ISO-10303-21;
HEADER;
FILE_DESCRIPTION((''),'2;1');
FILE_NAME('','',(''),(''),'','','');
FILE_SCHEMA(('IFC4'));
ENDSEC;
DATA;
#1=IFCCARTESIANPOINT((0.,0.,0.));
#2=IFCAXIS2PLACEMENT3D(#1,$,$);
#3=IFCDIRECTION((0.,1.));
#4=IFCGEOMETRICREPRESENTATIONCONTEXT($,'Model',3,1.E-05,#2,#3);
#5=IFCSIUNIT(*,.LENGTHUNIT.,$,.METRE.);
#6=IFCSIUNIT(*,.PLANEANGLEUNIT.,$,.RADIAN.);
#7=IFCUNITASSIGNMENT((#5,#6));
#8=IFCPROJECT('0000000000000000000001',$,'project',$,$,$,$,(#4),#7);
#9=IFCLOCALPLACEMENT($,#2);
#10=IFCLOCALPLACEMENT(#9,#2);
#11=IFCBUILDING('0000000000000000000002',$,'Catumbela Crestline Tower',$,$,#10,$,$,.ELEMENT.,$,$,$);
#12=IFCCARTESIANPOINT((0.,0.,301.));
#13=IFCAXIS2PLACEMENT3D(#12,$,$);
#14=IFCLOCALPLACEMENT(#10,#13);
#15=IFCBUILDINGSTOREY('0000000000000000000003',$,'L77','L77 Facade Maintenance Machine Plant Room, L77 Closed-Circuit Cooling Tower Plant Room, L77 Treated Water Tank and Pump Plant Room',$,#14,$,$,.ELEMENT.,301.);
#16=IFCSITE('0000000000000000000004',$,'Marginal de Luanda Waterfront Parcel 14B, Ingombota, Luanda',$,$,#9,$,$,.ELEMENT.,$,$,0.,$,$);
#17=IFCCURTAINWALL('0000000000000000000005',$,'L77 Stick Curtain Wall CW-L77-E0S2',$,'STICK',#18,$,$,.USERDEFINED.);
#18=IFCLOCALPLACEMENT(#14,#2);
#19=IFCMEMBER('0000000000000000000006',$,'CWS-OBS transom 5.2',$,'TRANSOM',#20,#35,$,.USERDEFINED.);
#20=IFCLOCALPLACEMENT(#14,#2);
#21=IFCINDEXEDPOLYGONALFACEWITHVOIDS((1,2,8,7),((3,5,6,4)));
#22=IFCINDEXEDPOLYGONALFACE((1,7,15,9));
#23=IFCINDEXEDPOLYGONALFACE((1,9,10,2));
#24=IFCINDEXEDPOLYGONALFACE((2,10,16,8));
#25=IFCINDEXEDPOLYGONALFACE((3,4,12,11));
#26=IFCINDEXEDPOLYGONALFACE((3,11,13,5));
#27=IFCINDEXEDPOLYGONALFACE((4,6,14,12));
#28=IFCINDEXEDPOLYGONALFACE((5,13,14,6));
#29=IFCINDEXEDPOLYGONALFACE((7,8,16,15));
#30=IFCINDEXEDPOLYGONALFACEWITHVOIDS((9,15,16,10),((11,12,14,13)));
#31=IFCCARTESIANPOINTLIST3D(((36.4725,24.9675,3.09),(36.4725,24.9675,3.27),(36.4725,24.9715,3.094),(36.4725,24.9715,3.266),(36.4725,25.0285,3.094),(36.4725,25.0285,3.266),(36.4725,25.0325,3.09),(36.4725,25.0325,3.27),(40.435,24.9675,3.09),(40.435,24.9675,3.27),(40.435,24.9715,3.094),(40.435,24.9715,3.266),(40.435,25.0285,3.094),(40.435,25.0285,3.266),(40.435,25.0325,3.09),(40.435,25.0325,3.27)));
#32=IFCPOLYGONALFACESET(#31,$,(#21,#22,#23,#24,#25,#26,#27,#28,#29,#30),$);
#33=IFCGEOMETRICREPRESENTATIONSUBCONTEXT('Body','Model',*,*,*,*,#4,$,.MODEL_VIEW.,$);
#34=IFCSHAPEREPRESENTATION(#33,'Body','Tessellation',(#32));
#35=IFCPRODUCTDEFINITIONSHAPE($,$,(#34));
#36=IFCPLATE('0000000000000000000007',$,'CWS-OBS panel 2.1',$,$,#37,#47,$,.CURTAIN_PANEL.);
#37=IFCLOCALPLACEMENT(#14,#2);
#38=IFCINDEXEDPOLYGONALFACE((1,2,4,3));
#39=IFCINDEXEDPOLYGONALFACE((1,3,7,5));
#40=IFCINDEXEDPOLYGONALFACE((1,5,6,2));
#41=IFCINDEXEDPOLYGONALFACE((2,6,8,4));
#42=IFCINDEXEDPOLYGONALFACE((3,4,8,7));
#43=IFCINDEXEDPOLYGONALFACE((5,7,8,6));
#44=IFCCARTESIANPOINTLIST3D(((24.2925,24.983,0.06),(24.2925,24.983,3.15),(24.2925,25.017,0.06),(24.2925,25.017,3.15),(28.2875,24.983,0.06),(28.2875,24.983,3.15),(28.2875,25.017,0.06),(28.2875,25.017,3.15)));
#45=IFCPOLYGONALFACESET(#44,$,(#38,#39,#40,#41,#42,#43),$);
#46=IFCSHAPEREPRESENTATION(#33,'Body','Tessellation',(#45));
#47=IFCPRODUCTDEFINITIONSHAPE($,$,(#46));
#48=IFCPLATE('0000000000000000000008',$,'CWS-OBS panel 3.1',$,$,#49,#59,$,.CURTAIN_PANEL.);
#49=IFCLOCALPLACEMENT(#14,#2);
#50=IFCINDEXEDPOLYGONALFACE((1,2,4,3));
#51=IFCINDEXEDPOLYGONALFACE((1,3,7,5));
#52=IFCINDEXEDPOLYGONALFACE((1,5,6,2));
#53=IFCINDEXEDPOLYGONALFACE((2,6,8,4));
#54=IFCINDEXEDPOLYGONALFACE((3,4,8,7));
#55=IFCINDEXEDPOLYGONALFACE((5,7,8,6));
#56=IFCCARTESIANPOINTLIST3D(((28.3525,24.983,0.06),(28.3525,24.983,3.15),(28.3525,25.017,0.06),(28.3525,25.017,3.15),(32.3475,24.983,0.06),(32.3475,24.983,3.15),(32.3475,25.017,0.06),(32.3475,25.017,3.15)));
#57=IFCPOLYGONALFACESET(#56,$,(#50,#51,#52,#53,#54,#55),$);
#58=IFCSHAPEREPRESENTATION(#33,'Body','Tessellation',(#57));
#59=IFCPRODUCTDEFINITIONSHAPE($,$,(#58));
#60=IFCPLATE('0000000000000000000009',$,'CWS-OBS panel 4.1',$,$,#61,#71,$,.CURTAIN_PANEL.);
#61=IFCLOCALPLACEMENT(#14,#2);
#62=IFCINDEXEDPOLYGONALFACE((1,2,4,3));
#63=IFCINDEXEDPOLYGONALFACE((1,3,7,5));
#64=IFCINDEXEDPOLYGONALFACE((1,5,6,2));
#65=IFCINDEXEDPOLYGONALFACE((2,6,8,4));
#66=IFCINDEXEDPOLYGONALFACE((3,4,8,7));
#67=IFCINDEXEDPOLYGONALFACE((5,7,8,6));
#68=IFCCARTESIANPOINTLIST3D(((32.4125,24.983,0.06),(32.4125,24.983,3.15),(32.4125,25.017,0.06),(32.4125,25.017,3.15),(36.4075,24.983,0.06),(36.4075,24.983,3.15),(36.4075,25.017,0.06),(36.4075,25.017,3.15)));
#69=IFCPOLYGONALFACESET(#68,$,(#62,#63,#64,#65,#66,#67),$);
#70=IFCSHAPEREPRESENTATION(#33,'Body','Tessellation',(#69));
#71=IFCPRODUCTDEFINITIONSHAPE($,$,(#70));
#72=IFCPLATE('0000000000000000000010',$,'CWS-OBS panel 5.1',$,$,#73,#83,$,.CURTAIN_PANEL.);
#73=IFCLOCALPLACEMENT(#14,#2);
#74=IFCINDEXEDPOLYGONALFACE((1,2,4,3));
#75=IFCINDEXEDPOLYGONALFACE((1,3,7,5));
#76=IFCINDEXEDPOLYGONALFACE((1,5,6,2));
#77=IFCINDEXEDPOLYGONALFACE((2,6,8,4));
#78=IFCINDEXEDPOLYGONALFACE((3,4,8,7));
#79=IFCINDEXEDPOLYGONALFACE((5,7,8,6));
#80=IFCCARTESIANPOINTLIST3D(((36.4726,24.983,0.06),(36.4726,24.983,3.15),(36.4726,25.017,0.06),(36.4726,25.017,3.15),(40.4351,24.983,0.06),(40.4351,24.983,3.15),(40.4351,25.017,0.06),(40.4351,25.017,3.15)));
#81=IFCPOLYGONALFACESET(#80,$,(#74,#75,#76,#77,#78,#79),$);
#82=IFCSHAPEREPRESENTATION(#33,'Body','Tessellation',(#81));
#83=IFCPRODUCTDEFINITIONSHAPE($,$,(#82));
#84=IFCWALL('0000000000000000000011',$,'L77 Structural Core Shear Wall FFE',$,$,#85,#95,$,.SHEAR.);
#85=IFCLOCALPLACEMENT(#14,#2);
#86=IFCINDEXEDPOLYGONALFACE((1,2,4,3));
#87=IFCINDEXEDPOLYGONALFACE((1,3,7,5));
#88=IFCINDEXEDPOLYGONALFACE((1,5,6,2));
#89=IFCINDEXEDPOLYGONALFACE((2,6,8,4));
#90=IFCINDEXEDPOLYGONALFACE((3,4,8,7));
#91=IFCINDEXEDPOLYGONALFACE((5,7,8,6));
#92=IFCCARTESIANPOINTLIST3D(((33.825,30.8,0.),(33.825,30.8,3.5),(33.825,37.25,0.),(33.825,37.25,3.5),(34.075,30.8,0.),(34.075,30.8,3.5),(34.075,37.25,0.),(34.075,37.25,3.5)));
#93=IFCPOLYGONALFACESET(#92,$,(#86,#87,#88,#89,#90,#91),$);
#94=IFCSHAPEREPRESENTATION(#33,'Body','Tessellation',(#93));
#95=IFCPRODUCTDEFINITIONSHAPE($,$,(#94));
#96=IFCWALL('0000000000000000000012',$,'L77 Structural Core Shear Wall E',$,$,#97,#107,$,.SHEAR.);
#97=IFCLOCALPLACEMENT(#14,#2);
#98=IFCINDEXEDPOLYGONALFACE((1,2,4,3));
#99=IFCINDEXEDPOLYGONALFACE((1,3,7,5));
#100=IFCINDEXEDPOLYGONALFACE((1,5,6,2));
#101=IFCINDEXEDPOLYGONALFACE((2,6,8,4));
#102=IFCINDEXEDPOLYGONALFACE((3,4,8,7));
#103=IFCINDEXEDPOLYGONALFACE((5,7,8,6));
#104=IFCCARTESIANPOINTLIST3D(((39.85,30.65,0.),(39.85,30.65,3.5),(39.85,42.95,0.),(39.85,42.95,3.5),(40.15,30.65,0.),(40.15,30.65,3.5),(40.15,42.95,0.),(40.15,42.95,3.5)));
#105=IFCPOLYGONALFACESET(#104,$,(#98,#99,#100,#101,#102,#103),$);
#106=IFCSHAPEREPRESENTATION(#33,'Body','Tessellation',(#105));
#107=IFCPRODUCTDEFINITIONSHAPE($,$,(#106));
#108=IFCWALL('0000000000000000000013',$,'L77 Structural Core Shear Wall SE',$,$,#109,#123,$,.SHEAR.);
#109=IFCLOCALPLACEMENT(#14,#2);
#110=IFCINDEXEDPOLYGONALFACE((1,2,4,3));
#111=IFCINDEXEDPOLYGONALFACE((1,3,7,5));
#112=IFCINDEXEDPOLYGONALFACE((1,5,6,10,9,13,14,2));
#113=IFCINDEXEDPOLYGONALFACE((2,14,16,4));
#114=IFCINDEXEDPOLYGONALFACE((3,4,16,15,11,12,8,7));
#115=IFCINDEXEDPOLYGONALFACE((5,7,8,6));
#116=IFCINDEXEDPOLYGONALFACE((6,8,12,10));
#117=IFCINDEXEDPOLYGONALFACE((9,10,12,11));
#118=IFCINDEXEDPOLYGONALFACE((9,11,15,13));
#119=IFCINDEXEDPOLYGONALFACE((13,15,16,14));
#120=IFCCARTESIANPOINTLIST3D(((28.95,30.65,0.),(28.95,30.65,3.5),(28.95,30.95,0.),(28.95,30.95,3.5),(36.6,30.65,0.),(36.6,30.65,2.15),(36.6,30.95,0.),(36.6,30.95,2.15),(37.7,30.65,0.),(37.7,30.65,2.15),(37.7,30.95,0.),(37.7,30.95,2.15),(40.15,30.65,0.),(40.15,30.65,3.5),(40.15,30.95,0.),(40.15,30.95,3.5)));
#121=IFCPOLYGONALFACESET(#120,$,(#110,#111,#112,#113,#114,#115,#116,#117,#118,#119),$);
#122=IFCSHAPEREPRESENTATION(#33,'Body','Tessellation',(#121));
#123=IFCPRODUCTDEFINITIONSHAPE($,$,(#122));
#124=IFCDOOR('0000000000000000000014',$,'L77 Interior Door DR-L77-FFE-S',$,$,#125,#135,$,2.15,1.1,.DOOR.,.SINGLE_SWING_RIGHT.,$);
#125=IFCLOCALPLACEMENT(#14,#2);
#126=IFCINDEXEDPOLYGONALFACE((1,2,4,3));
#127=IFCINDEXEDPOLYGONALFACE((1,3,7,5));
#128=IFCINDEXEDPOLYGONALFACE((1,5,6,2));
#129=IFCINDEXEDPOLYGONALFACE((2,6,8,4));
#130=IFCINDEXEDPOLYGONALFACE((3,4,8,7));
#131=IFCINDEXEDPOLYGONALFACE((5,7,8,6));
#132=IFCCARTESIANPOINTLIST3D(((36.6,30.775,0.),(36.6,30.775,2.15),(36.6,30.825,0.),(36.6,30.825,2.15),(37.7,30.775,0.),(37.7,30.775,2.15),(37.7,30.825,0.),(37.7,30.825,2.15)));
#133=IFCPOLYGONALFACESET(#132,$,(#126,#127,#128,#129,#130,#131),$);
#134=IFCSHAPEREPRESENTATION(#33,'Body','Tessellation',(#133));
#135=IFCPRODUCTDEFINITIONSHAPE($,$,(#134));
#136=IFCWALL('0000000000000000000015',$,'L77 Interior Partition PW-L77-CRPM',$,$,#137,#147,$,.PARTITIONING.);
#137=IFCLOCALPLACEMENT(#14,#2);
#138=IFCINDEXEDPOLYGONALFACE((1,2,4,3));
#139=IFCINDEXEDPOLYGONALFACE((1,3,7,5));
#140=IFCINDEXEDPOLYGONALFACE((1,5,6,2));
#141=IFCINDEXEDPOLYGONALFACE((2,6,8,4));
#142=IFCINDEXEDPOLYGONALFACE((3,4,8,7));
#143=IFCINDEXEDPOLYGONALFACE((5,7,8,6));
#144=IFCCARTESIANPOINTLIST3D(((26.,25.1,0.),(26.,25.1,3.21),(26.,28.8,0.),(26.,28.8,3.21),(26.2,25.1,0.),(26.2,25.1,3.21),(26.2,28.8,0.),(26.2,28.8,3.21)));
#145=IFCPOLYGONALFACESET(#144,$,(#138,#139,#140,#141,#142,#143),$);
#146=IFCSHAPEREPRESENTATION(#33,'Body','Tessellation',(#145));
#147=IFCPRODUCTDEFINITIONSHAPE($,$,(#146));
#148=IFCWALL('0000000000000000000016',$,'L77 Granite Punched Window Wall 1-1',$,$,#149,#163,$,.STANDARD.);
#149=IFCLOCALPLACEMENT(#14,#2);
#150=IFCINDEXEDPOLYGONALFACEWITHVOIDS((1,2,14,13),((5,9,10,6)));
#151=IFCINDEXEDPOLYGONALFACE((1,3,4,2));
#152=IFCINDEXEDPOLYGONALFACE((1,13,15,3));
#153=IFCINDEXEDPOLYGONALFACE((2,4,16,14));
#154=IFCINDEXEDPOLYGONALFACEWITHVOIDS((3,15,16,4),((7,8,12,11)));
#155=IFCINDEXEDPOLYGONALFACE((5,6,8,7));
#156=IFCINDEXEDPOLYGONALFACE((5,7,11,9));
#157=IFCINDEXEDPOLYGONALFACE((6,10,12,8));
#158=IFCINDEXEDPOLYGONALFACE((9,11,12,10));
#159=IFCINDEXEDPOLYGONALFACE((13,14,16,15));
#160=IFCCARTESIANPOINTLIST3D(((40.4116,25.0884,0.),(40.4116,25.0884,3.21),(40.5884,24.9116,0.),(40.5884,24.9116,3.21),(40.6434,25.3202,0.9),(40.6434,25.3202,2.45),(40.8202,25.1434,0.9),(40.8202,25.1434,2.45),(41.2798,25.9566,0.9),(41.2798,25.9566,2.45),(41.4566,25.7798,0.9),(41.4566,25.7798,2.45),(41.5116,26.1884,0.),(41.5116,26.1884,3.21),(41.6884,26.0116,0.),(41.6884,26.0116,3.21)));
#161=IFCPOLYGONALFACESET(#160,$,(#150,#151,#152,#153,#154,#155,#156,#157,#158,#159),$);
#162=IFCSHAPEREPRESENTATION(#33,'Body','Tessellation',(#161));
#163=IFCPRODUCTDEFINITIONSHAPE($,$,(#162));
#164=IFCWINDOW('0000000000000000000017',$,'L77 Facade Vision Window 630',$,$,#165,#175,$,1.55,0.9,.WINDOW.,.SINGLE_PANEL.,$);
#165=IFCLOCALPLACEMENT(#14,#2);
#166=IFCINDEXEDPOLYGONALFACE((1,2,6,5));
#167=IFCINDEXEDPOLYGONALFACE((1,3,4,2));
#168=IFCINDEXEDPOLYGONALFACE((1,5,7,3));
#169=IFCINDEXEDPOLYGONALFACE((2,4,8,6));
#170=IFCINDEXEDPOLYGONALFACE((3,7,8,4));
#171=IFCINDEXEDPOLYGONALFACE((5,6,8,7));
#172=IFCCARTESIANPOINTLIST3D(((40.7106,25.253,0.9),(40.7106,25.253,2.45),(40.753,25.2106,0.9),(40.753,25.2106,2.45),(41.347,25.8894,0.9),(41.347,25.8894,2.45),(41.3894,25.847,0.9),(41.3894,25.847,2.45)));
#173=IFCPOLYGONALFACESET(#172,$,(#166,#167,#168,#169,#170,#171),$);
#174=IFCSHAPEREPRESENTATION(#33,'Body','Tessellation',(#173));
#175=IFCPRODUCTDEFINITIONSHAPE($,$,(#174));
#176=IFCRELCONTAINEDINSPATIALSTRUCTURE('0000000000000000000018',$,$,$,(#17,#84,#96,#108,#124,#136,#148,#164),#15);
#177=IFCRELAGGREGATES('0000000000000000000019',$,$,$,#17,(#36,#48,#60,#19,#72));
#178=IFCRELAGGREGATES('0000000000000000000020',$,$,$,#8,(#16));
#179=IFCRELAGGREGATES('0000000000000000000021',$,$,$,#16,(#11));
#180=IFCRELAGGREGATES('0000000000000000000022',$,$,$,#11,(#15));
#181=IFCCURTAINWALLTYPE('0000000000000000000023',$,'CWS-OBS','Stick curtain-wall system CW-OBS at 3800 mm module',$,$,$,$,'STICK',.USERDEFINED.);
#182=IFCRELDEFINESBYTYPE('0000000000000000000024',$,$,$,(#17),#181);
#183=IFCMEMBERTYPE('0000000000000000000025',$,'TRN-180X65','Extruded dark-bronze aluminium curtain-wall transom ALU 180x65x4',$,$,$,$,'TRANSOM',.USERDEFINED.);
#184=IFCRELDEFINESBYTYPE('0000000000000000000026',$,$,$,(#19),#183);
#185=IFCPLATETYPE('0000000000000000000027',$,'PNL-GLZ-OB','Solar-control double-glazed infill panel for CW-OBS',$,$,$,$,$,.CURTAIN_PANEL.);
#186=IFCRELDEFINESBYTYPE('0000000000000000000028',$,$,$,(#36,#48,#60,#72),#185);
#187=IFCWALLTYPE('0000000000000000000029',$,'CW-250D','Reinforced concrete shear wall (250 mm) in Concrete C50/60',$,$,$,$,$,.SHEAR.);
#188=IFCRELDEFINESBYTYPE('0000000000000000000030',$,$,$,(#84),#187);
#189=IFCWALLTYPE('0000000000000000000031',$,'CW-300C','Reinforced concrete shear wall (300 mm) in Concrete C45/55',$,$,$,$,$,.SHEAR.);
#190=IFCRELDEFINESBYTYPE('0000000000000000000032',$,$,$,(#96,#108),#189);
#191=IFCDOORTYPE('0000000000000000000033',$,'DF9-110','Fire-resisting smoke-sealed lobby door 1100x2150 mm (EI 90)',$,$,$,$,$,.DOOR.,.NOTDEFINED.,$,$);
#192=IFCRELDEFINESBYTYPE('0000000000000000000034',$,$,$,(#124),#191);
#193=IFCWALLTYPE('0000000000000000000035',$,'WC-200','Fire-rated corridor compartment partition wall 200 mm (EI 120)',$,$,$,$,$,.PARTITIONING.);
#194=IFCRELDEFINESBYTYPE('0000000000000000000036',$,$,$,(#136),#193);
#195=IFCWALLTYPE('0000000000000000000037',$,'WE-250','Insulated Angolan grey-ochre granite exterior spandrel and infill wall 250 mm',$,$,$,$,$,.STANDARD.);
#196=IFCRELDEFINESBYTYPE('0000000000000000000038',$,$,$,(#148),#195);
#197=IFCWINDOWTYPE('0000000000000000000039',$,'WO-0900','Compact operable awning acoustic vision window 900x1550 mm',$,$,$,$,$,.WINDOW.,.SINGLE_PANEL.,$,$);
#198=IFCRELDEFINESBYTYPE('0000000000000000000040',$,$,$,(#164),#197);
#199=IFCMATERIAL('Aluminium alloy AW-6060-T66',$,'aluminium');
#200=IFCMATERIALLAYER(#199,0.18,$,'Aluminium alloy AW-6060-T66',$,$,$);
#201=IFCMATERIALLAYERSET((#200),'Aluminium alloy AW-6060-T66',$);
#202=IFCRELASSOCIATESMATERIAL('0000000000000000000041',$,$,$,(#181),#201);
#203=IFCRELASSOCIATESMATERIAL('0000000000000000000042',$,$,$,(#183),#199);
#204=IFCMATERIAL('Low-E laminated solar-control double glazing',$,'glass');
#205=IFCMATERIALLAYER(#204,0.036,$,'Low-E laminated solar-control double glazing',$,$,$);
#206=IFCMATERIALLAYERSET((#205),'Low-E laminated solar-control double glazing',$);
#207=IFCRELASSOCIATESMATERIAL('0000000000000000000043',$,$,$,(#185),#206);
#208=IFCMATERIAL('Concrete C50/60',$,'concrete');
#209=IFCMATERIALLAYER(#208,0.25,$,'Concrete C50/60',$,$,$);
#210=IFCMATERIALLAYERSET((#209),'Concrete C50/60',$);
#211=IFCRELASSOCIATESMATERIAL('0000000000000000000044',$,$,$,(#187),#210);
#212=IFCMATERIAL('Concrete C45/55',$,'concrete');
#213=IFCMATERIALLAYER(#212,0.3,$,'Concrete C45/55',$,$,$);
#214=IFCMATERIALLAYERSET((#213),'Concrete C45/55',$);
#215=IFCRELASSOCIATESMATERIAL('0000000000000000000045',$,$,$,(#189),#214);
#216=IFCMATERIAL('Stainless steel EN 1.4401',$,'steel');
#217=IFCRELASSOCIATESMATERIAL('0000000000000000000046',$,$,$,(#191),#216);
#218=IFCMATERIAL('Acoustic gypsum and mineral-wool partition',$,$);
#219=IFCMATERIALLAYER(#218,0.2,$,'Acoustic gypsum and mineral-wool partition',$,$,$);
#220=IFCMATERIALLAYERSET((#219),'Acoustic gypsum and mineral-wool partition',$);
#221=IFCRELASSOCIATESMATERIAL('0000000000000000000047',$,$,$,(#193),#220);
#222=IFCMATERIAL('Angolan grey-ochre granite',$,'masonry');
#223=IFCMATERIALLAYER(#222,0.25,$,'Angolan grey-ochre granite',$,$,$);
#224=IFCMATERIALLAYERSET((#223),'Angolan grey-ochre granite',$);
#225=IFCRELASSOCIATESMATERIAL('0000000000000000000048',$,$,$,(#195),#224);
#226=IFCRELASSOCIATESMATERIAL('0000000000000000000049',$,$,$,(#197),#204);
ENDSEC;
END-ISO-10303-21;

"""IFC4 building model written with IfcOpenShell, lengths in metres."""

from ifc_helpers import new_model, si_unit, direction, frame, frame_2d, origin, origin_2d, place, context, subcontext, project, spatial, rectangle, hollow_rectangle, extrude, material, layer, layer_set, material_profile, profile_set, type_object, element, fill, aggregate, save


model = new_model("IFC4")

# Units and contexts
model_context = context("Model", 3, precision=1e-05, world=origin(), true_north=direction((0.0, 1.0)))
body_context = subcontext(model_context, "Body", "Model", "MODEL_VIEW")
ifc_project = project(units=[si_unit("LENGTHUNIT", "METRE"), si_unit("PLANEANGLEUNIT", "RADIAN")], contexts=[model_context])

# Site, building, storey
site_placement = place(None, origin())
site = spatial("IfcSite", under=ifc_project, at=site_placement, Name="Marginal de Luanda Waterfront Parcel 14B, Ingombota, Luanda", CompositionType="ELEMENT", RefElevation=0.0)
building_placement = place(site_placement, origin())
building = spatial("IfcBuilding", under=site, at=building_placement, Name="Catumbela Crestline Tower", CompositionType="ELEMENT")
storey_placement = place(building_placement, frame((0.0, 0.0, 301.0)))
storey = spatial("IfcBuildingStorey", under=building, at=storey_placement, Name="L77", Description="L77 Facade Maintenance Machine Plant Room, L77 Closed-Circuit Cooling Tower Plant Room, L77 Treated Water Tank and Pump Plant Room", CompositionType="ELEMENT", Elevation=301.0)

# Curtain wall, member, plates
ifc_material_1 = material(Name="Aluminium alloy AW-6060-T66", Category="aluminium")
ifc_layer_1 = layer(ifc_material_1, 0.18, Name="Aluminium alloy AW-6060-T66")
ifc_layer_set_1 = layer_set([ifc_layer_1], Name="Aluminium alloy AW-6060-T66")
curtain_wall_type = type_object("IfcCurtainWallType", Name="CWS-OBS", Description="Stick curtain-wall system CW-OBS at 3800 mm module", ElementType="STICK", PredefinedType="USERDEFINED", material=ifc_layer_set_1)
curtain_wall_placement = place(storey_placement, origin())
curtain_wall = element("IfcCurtainWall", 1, at=curtain_wall_placement, inside=storey, type_object=curtain_wall_type, Name="L77 Stick Curtain Wall CW-L77-E0S2", ObjectType="STICK", PredefinedType="USERDEFINED")
ifc_material_profile_1 = material_profile(ifc_material_1, hollow_rectangle(XDim=0.065, YDim=0.18, WallThickness=0.004, at=origin_2d()), Name="ALU 180x65x4")
ifc_profile_set_1 = profile_set([ifc_material_profile_1], Name="Aluminium alloy AW-6060-T66")
member_type_1 = type_object("IfcMemberType", Name="TRN-180X65", Description="Extruded dark-bronze aluminium curtain-wall transom ALU 180x65x4", ElementType="TRANSOM", PredefinedType="USERDEFINED", material=ifc_profile_set_1)
member_1_placement = place(storey_placement, frame((36.4725, 25.0, 3.18), z_axis=(1.0, 0.0, 0.0), x_axis=(0.0, 1.0, 0.0)))
member_1 = element("IfcMember", 2, at=member_1_placement, type_object=member_type_1, Name="CWS-OBS transom 5.2", ObjectType="TRANSOM", PredefinedType="USERDEFINED", context=body_context, shape_type="SweptSolid", body=[
    extrude(hollow_rectangle(XDim=0.065, YDim=0.18, WallThickness=0.004, at=origin_2d()), origin(), (0.0, 0.0, 1.0), 3.9625),
])
ifc_material_2 = material(Name="Low-E laminated solar-control double glazing", Category="glass")
ifc_layer_2 = layer(ifc_material_2, 0.036, Name="Low-E laminated solar-control double glazing")
ifc_layer_set_2 = layer_set([ifc_layer_2], Name="Low-E laminated solar-control double glazing")
plate_type = type_object("IfcPlateType", Name="PNL-GLZ-OB", Description="Solar-control double-glazed infill panel for CW-OBS", PredefinedType="CURTAIN_PANEL", material=ifc_layer_set_2)
plate_1_placement = place(storey_placement, frame((26.29, 25.0, 0.06), z_axis=(0.0, 0.0, 1.0), x_axis=(1.0, 0.0, 0.0)))
plate_1 = element("IfcPlate", 3, at=plate_1_placement, type_object=plate_type, Name="CWS-OBS panel 2.1", PredefinedType="CURTAIN_PANEL", context=body_context, shape_type="SweptSolid", body=[
    extrude(rectangle(XDim=3.995, YDim=0.034, at=origin_2d()), origin(), (0.0, 0.0, 1.0), 3.09),
])
plate_2_placement = place(storey_placement, frame((30.35, 25.0, 0.06), z_axis=(0.0, 0.0, 1.0), x_axis=(1.0, 0.0, 0.0)))
plate_2 = element("IfcPlate", 4, at=plate_2_placement, type_object=plate_type, Name="CWS-OBS panel 3.1", PredefinedType="CURTAIN_PANEL", context=body_context, shape_type="SweptSolid", body=[
    extrude(rectangle(XDim=3.995, YDim=0.034, at=origin_2d()), origin(), (0.0, 0.0, 1.0), 3.09),
])
plate_3_placement = place(storey_placement, frame((34.41, 25.0, 0.06), z_axis=(0.0, 0.0, 1.0), x_axis=(1.0, 0.0, 0.0)))
plate_3 = element("IfcPlate", 5, at=plate_3_placement, type_object=plate_type, Name="CWS-OBS panel 4.1", PredefinedType="CURTAIN_PANEL", context=body_context, shape_type="SweptSolid", body=[
    extrude(rectangle(XDim=3.995, YDim=0.034, at=origin_2d()), origin(), (0.0, 0.0, 1.0), 3.09),
])
plate_4_placement = place(storey_placement, frame((38.4538, 25.0, 0.06), z_axis=(0.0, 0.0, 1.0), x_axis=(1.0, 0.0, 0.0)))
plate_4 = element("IfcPlate", 6, at=plate_4_placement, type_object=plate_type, Name="CWS-OBS panel 5.1", PredefinedType="CURTAIN_PANEL", context=body_context, shape_type="SweptSolid", body=[
    extrude(rectangle(XDim=3.9625, YDim=0.034, at=origin_2d()), origin(), (0.0, 0.0, 1.0), 3.09),
])
aggregate(curtain_wall, [plate_1, plate_2, plate_3, member_1, plate_4])

# Walls
ifc_material_3 = material(Name="Concrete C50/60", Category="concrete")
ifc_layer_3 = layer(ifc_material_3, 0.25, Name="Concrete C50/60")
ifc_layer_set_3 = layer_set([ifc_layer_3], Name="Concrete C50/60")
wall_type_1 = type_object("IfcWallType", Name="CW-250D", Description="Reinforced concrete shear wall (250 mm) in Concrete C50/60", PredefinedType="SHEAR", material=ifc_layer_set_3)
wall_1_placement = place(storey_placement, frame((33.95, 30.8, 0.0), z_axis=(0.0, 0.0, 1.0), x_axis=(0.0, 1.0, 0.0)))
element("IfcWall", 7, at=wall_1_placement, inside=storey, type_object=wall_type_1, Name="L77 Structural Core Shear Wall FFE", PredefinedType="SHEAR", context=body_context, shape_type="SweptSolid", body=[
    extrude(rectangle(XDim=6.45, YDim=0.25, at=frame_2d((3.225, 0.0))), origin(), (0.0, 0.0, 1.0), 3.5),
])
ifc_material_4 = material(Name="Concrete C45/55", Category="concrete")
ifc_layer_4 = layer(ifc_material_4, 0.3, Name="Concrete C45/55")
ifc_layer_set_4 = layer_set([ifc_layer_4], Name="Concrete C45/55")
wall_type_2 = type_object("IfcWallType", Name="CW-300C", Description="Reinforced concrete shear wall (300 mm) in Concrete C45/55", PredefinedType="SHEAR", material=ifc_layer_set_4)
wall_2_placement = place(storey_placement, frame((40.0, 30.65, 0.0), z_axis=(0.0, 0.0, 1.0), x_axis=(0.0, 1.0, 0.0)))
element("IfcWall", 8, at=wall_2_placement, inside=storey, type_object=wall_type_2, Name="L77 Structural Core Shear Wall E", PredefinedType="SHEAR", context=body_context, shape_type="SweptSolid", body=[
    extrude(rectangle(XDim=12.3, YDim=0.3, at=frame_2d((6.15, 0.0))), origin(), (0.0, 0.0, 1.0), 3.5),
])

# Wall, opening, door
wall_3_placement = place(storey_placement, frame((28.95, 30.8, 0.0), z_axis=(0.0, 0.0, 1.0), x_axis=(1.0, 0.0, 0.0)))
wall_3 = element("IfcWall", 9, at=wall_3_placement, inside=storey, type_object=wall_type_2, Name="L77 Structural Core Shear Wall SE", PredefinedType="SHEAR", context=body_context, shape_type="SweptSolid", body=[
    extrude(rectangle(XDim=11.2, YDim=0.3, at=frame_2d((5.6, 0.0))), origin(), (0.0, 0.0, 1.0), 3.5),
])
opening_1_placement = place(wall_3_placement, frame((7.65, 0.0, 0.0)))
opening_1 = element("IfcOpeningElement", 10, at=opening_1_placement, cuts=wall_3, PredefinedType="OPENING", context=body_context, shape_type="SweptSolid", body=[
    extrude(rectangle(XDim=1.1, YDim=2.15, at=frame_2d((0.55, 1.075))), frame((0.0, 0.16, 0.0), z_axis=(0.0, -1.0, 0.0), x_axis=(1.0, 0.0, 0.0)), (0.0, 0.0, 1.0), 0.32),
])
ifc_material_5 = material(Name="Stainless steel EN 1.4401", Category="steel")
door_type = type_object("IfcDoorType", Name="DF9-110", Description="Fire-resisting smoke-sealed lobby door 1100x2150 mm (EI 90)", OperationType="NOTDEFINED", PredefinedType="DOOR", material=ifc_material_5)
door_placement = place(opening_1_placement, origin())
door = element("IfcDoor", 11, at=door_placement, inside=storey, type_object=door_type, Name="L77 Interior Door DR-L77-FFE-S", OperationType="SINGLE_SWING_RIGHT", OverallHeight=2.15, OverallWidth=1.1, PredefinedType="DOOR", context=body_context, shape_type="SweptSolid", body=[
    extrude(rectangle(XDim=1.1, YDim=2.15, at=frame_2d((0.55, 1.075))), frame((0.0, 0.025, 0.0), z_axis=(0.0, -1.0, 0.0), x_axis=(1.0, 0.0, 0.0)), (0.0, 0.0, 1.0), 0.05),
])
fill(opening_1, door)

# Wall
ifc_material_6 = material(Name="Acoustic gypsum and mineral-wool partition")
ifc_layer_5 = layer(ifc_material_6, 0.2, Name="Acoustic gypsum and mineral-wool partition")
ifc_layer_set_5 = layer_set([ifc_layer_5], Name="Acoustic gypsum and mineral-wool partition")
wall_type_3 = type_object("IfcWallType", Name="WC-200", Description="Fire-rated corridor compartment partition wall 200 mm (EI 120)", PredefinedType="PARTITIONING", material=ifc_layer_set_5)
wall_4_placement = place(storey_placement, frame((26.1, 25.1, 0.0), z_axis=(0.0, 0.0, 1.0), x_axis=(0.0, 1.0, 0.0)))
element("IfcWall", 12, at=wall_4_placement, inside=storey, type_object=wall_type_3, Name="L77 Interior Partition PW-L77-CRPM", PredefinedType="PARTITIONING", context=body_context, shape_type="SweptSolid", body=[
    extrude(rectangle(XDim=3.7, YDim=0.2, at=frame_2d((1.85, 0.0))), origin(), (0.0, 0.0, 1.0), 3.21),
])

# Wall, opening, window
ifc_material_7 = material(Name="Angolan grey-ochre granite", Category="masonry")
ifc_layer_6 = layer(ifc_material_7, 0.25, Name="Angolan grey-ochre granite")
ifc_layer_set_6 = layer_set([ifc_layer_6], Name="Angolan grey-ochre granite")
wall_type_4 = type_object("IfcWallType", Name="WE-250", Description="Insulated Angolan grey-ochre granite exterior spandrel and infill wall 250 mm", PredefinedType="STANDARD", material=ifc_layer_set_6)
wall_5_placement = place(storey_placement, frame((40.5, 25.0, 0.0), z_axis=(0.0, 0.0, 1.0), x_axis=(0.707107, 0.707107, 0.0)))
wall_5 = element("IfcWall", 13, at=wall_5_placement, inside=storey, type_object=wall_type_4, Name="L77 Granite Punched Window Wall 1-1", PredefinedType="STANDARD", context=body_context, shape_type="SweptSolid", body=[
    extrude(rectangle(XDim=1.5556, YDim=0.25, at=frame_2d((0.7778, 0.0))), origin(), (0.0, 0.0, 1.0), 3.21),
])
opening_2_placement = place(wall_5_placement, frame((0.3278, 0.0, 0.9)))
opening_2 = element("IfcOpeningElement", 14, at=opening_2_placement, cuts=wall_5, PredefinedType="OPENING", context=body_context, shape_type="SweptSolid", body=[
    extrude(rectangle(XDim=0.9, YDim=1.55, at=frame_2d((0.45, 0.775))), frame((0.0, 0.135, 0.0), z_axis=(0.0, -1.0, 0.0), x_axis=(1.0, 0.0, 0.0)), (0.0, 0.0, 1.0), 0.27),
])
window_type = type_object("IfcWindowType", Name="WO-0900", Description="Compact operable awning acoustic vision window 900x1550 mm", PartitioningType="SINGLE_PANEL", PredefinedType="WINDOW", material=ifc_material_2)
window_placement = place(opening_2_placement, origin())
window = element("IfcWindow", 15, at=window_placement, inside=storey, type_object=window_type, Name="L77 Facade Vision Window 630", OverallHeight=1.55, OverallWidth=0.9, PartitioningType="SINGLE_PANEL", PredefinedType="WINDOW", context=body_context, shape_type="SweptSolid", body=[
    extrude(rectangle(XDim=0.9, YDim=1.55, at=frame_2d((0.45, 0.775))), frame((0.0, 0.03, 0.0), z_axis=(0.0, -1.0, 0.0), x_axis=(1.0, 0.0, 0.0)), (0.0, 0.0, 1.0), 0.06),
])
fill(opening_2, window)

save(model, "model.ifc")
